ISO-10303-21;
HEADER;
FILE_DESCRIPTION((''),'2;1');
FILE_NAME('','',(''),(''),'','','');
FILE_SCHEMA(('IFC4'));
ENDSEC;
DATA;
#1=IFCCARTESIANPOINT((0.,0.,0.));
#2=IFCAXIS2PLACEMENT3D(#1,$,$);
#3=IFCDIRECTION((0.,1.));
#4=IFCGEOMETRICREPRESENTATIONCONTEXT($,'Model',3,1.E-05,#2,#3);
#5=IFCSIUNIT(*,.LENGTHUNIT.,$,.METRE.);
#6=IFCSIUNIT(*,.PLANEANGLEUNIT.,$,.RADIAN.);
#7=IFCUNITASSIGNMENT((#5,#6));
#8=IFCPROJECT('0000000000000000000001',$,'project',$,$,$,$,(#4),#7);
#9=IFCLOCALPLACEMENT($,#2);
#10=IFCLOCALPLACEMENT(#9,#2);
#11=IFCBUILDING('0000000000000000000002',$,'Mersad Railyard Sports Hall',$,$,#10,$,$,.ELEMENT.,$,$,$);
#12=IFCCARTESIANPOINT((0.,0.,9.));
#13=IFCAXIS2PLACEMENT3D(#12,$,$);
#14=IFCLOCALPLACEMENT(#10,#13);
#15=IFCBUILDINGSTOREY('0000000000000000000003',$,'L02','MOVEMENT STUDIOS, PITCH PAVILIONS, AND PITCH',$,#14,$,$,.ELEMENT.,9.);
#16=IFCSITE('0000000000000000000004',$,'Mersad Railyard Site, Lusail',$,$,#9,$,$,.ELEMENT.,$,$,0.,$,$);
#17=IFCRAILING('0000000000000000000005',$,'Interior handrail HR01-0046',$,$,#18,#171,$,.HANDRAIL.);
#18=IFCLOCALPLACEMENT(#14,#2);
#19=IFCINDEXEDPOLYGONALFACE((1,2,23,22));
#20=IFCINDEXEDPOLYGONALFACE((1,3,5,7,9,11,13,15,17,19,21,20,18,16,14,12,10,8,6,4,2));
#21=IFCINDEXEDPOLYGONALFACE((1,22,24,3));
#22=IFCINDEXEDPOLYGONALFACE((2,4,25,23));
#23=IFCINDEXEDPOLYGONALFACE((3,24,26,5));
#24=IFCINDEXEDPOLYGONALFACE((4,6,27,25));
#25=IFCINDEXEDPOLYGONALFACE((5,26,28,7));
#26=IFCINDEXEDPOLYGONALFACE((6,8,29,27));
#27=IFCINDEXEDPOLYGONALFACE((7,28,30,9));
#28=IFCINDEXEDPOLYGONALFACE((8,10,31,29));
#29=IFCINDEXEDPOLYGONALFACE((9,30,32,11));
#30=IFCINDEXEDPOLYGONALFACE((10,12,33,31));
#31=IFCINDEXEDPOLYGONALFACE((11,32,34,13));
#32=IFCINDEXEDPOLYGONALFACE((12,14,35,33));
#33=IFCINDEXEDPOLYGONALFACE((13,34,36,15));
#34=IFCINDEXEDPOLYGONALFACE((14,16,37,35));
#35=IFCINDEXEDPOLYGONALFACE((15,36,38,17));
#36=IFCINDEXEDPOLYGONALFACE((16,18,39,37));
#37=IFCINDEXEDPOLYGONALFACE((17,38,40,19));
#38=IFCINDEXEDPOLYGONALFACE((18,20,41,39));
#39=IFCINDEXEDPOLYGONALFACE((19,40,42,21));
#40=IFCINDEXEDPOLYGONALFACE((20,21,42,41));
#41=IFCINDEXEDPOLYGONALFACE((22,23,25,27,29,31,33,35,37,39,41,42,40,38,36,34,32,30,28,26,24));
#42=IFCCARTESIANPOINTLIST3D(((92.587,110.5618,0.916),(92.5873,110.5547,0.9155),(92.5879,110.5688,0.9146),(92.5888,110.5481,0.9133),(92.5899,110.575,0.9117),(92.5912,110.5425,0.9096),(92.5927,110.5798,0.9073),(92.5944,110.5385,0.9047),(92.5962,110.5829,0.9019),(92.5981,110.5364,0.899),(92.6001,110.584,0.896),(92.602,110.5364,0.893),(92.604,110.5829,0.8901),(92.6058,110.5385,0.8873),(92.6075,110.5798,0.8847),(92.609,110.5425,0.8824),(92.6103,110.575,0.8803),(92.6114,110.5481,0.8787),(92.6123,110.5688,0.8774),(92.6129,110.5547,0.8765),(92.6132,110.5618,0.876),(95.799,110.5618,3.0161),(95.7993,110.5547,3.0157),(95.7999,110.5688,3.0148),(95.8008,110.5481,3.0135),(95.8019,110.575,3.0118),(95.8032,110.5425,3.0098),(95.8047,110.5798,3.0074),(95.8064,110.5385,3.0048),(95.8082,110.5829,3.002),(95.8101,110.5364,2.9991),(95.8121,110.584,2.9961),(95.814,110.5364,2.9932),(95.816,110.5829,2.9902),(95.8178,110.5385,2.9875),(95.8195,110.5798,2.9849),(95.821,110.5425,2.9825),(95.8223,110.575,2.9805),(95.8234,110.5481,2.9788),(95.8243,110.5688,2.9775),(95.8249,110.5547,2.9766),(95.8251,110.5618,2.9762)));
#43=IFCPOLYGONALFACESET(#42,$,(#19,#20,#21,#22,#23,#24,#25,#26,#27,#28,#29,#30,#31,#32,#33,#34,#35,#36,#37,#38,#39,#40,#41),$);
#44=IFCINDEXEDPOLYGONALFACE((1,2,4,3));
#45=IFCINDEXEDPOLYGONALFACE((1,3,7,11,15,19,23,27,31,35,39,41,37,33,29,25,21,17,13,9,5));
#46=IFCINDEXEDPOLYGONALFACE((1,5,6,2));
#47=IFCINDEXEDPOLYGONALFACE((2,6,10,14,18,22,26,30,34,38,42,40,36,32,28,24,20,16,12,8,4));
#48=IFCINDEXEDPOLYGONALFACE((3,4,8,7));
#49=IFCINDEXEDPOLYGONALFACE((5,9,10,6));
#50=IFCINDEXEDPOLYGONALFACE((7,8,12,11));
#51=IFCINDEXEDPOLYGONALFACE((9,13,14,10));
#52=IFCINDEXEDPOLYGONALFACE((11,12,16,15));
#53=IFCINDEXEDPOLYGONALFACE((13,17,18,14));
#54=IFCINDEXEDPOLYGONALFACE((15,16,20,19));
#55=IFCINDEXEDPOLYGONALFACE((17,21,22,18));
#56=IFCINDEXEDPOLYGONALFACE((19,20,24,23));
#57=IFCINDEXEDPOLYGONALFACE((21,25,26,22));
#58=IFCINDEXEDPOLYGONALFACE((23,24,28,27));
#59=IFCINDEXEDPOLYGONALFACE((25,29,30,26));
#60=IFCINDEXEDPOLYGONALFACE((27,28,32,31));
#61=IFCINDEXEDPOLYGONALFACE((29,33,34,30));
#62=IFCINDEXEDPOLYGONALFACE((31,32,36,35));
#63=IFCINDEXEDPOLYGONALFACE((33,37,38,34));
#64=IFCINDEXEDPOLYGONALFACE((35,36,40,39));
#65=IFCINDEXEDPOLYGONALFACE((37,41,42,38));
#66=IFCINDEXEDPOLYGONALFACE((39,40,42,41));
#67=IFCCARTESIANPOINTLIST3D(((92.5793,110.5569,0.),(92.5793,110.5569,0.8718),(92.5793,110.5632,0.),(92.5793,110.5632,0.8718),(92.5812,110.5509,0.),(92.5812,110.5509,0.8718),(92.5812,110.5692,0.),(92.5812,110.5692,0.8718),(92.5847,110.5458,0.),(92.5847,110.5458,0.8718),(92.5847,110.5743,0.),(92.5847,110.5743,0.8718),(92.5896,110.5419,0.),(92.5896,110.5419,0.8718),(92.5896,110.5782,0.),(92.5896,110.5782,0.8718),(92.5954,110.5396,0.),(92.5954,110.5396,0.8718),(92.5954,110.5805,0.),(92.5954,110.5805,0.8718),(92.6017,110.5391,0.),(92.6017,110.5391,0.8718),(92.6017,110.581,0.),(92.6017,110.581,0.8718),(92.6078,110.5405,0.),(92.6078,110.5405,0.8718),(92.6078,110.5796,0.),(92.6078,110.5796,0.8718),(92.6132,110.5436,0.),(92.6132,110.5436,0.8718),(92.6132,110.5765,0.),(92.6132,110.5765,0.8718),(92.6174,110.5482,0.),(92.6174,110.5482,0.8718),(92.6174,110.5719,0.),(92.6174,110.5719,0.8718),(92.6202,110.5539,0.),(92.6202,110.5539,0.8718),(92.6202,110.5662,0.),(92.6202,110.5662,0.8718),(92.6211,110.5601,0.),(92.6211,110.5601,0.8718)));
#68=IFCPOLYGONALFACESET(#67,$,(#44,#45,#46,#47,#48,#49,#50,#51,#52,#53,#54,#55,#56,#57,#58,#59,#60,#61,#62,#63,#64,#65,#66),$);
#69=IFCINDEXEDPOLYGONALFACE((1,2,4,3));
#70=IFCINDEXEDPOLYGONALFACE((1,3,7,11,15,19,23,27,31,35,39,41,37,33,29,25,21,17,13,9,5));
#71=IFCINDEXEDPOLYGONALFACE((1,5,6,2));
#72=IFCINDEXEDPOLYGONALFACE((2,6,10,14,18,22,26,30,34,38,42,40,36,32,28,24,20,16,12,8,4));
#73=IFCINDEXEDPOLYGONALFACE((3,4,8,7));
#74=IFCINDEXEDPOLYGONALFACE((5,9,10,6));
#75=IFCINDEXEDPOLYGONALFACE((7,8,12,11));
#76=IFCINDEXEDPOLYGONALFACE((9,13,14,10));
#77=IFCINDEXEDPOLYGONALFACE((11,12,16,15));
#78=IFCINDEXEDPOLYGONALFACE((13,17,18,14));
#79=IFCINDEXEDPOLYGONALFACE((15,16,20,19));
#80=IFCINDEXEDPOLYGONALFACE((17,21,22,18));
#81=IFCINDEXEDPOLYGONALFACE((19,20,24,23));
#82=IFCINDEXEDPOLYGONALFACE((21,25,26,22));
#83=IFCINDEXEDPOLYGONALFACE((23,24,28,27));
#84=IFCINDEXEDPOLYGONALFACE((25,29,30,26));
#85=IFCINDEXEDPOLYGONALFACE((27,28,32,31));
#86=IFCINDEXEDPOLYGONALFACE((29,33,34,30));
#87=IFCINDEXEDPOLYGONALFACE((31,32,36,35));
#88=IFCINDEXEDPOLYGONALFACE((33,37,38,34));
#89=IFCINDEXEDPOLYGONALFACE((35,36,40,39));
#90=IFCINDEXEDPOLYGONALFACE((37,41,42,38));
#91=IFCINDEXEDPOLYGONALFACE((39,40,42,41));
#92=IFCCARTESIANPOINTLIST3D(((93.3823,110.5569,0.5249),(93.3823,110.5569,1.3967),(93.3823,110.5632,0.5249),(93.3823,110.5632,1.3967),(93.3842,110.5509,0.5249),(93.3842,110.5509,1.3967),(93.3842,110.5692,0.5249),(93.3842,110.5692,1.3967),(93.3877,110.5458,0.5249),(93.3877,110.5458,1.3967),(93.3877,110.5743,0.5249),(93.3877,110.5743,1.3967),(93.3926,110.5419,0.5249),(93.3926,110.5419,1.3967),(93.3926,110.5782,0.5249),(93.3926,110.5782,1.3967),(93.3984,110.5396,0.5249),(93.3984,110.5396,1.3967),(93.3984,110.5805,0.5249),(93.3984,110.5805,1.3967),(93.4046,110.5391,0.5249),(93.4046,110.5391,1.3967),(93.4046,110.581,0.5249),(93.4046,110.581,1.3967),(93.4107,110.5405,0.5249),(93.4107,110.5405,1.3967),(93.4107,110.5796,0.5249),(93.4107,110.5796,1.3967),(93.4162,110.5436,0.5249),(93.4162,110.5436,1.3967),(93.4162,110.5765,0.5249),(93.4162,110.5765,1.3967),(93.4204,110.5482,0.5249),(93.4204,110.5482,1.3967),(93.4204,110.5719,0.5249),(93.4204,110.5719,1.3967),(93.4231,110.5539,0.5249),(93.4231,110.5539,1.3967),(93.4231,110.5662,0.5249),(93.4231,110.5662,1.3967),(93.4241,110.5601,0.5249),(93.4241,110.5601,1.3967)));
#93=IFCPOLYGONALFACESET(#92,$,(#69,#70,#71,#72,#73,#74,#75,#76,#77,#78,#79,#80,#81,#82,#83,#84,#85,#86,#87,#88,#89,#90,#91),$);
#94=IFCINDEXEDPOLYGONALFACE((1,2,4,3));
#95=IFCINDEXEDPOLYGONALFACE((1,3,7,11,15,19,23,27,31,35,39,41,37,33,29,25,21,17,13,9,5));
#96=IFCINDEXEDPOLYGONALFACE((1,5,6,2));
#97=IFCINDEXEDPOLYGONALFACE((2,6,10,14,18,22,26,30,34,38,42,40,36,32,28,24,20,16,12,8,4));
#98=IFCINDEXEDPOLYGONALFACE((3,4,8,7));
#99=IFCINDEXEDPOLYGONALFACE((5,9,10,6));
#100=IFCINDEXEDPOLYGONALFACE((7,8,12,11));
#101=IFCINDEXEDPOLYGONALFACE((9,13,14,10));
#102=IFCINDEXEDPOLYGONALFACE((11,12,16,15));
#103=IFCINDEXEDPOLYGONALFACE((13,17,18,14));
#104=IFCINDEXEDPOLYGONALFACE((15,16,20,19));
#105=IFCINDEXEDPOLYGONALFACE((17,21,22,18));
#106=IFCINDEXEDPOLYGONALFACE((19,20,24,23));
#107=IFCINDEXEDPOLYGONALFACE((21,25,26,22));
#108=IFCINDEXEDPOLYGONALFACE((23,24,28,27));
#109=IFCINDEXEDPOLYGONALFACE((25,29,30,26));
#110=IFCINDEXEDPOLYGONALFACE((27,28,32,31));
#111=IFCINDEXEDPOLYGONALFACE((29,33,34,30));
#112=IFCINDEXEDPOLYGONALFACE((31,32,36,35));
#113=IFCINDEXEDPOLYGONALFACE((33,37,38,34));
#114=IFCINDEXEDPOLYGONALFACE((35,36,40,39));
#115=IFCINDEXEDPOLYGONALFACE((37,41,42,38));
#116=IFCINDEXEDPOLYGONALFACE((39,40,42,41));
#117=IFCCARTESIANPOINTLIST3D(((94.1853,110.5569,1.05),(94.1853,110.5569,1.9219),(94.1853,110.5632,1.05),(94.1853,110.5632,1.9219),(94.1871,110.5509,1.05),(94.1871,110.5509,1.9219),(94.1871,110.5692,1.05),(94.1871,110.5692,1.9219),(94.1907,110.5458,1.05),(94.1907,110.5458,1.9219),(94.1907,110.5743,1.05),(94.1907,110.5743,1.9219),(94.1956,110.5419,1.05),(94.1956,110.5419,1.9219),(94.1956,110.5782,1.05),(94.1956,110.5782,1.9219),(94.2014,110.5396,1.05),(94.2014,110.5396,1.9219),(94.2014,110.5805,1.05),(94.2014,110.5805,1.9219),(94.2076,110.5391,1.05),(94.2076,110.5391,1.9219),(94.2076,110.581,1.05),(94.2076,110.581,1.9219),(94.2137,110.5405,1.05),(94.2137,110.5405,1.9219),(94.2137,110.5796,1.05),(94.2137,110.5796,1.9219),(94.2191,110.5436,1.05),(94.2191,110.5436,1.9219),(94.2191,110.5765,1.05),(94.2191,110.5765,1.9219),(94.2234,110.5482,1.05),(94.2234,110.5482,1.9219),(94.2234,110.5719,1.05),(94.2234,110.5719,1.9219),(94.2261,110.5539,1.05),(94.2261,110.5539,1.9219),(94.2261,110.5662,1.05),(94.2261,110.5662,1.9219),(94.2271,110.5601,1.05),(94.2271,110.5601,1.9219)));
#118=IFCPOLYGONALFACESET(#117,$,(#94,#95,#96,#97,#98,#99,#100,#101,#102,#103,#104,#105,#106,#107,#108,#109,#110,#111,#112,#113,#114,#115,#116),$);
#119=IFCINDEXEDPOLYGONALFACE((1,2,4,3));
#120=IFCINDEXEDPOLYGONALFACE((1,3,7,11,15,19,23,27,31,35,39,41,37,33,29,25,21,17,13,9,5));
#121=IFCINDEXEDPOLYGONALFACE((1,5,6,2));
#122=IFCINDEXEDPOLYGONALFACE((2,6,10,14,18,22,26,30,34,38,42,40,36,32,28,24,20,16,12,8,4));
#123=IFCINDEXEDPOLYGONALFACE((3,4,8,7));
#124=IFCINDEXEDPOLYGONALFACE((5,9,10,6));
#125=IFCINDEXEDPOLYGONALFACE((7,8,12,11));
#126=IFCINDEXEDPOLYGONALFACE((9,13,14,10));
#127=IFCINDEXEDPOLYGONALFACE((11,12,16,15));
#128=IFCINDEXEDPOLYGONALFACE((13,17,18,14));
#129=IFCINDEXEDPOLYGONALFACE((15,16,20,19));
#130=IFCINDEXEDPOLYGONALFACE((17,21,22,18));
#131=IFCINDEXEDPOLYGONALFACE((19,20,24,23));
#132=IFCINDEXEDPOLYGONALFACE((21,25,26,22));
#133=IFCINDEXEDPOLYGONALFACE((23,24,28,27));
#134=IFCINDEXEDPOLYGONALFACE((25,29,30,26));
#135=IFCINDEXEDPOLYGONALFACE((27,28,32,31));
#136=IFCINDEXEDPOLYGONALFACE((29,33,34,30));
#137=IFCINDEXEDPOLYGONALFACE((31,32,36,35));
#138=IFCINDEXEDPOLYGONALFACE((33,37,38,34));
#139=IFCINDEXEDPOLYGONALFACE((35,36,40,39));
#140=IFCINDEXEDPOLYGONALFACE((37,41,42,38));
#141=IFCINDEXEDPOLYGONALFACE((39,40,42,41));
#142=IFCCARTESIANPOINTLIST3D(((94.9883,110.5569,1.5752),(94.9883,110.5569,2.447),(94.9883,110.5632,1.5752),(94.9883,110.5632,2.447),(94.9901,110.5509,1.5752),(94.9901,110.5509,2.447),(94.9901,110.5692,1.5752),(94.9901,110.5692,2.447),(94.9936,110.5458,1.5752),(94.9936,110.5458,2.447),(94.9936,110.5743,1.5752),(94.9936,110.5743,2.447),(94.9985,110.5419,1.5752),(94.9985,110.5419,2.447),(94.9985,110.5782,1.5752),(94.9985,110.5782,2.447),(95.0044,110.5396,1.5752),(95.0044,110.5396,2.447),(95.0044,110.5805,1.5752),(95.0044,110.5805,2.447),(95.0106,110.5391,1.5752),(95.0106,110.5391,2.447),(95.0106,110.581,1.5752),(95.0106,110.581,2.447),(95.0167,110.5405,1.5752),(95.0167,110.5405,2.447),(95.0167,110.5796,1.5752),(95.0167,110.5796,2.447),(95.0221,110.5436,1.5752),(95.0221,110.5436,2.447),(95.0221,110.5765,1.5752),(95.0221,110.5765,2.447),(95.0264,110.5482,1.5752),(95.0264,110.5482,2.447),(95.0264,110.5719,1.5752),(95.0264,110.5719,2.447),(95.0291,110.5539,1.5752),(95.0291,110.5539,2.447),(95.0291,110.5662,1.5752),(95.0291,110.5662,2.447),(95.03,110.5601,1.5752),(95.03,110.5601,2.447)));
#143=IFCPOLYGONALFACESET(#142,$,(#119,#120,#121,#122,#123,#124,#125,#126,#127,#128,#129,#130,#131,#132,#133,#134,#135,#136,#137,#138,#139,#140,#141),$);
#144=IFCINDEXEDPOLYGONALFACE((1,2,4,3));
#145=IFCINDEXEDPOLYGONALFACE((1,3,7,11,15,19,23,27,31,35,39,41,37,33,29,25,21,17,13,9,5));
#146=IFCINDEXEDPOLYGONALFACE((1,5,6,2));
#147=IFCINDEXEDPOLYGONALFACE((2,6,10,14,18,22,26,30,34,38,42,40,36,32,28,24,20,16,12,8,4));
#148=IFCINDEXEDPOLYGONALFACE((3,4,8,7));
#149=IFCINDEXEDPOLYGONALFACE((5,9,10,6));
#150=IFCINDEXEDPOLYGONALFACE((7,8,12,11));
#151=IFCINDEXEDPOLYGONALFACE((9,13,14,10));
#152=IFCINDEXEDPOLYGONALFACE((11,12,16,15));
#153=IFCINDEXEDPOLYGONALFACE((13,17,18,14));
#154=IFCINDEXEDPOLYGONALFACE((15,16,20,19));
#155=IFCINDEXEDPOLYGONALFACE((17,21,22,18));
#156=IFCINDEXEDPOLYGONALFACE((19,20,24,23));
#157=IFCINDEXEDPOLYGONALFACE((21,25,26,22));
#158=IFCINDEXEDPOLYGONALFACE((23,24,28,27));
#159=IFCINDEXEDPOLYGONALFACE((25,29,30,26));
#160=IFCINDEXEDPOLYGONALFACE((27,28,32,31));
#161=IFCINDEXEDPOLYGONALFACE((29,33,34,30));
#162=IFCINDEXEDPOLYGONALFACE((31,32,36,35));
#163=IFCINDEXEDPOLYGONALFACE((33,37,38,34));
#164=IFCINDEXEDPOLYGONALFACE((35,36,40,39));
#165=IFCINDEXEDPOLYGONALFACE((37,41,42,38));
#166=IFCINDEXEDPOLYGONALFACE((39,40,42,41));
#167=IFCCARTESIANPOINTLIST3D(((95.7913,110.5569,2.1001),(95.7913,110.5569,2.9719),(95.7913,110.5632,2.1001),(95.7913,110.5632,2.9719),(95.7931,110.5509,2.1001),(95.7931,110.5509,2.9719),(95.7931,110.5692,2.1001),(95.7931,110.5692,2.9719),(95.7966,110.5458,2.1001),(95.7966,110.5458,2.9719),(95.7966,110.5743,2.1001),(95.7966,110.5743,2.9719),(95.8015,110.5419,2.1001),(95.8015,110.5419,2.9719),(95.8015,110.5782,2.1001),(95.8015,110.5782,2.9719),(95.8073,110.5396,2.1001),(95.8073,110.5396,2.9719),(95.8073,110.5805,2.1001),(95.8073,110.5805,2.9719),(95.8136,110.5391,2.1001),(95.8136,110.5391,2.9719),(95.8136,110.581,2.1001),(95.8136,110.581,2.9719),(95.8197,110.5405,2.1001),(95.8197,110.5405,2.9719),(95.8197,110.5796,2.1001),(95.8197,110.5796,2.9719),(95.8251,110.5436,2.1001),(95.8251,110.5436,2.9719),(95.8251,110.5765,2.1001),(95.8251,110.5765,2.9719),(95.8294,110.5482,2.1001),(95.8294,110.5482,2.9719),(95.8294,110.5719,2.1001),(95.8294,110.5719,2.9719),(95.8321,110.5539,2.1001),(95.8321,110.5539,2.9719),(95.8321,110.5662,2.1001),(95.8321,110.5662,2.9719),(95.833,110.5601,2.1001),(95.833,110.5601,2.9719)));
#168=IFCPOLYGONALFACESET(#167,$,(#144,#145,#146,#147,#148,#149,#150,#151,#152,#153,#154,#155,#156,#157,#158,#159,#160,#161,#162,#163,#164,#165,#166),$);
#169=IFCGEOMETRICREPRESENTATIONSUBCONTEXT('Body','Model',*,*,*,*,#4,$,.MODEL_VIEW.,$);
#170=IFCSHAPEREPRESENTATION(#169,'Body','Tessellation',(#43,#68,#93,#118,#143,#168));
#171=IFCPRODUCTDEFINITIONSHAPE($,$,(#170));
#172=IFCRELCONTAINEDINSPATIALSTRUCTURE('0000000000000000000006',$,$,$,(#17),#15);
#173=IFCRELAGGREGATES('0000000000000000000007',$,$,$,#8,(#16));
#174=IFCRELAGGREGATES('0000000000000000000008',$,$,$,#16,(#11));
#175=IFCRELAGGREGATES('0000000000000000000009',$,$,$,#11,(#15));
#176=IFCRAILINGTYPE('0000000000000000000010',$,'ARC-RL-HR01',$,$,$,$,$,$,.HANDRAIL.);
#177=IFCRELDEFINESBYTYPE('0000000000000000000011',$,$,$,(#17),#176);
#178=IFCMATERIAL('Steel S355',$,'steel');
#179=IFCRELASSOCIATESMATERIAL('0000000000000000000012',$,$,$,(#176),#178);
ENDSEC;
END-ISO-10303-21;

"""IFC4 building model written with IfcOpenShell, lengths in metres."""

from ifc_helpers import new_model, si_unit, direction, frame, origin, origin_2d, place, context, subcontext, project, spatial, circle, extrude, material, type_object, element, save


model = new_model("IFC4")

# Units and contexts
model_context = context("Model", 3, precision=1e-05, world=origin(), true_north=direction((0.0, 1.0)))
body_context = subcontext(model_context, "Body", "Model", "MODEL_VIEW")
ifc_project = project(units=[si_unit("LENGTHUNIT", "METRE"), si_unit("PLANEANGLEUNIT", "RADIAN")], contexts=[model_context])

# Site, building, storey
site_placement = place(None, origin())
site = spatial("IfcSite", under=ifc_project, at=site_placement, Name="Mersad Railyard Site, Lusail", CompositionType="ELEMENT", RefElevation=0.0)
building_placement = place(site_placement, origin())
building = spatial("IfcBuilding", under=site, at=building_placement, Name="Mersad Railyard Sports Hall", CompositionType="ELEMENT")
storey_placement = place(building_placement, frame((0.0, 0.0, 9.0)))
storey = spatial("IfcBuildingStorey", under=building, at=storey_placement, Name="L02", Description="MOVEMENT STUDIOS, PITCH PAVILIONS, AND PITCH", CompositionType="ELEMENT", Elevation=9.0)

# Shared definitions
ifc_material_1 = material(Name="Steel S355", Category="steel")

# Railing
railing_type_1 = type_object("IfcRailingType", Name="ARC-RL-HR01", PredefinedType="HANDRAIL", material=ifc_material_1)
railing_1_placement = place(storey_placement, frame((92.6001, 110.5601, 0.0)))
element("IfcRailing", 1, at=railing_1_placement, inside=storey, type_object=railing_type_1, Name="Interior handrail HR01-0046", PredefinedType="HANDRAIL", context=body_context, shape_type="SweptSolid", body=[
    extrude(circle(Radius=0.0239, at=origin_2d()), frame((0.0, 0.0, 0.896), z_axis=(0.83697, 0.0, 0.547249), x_axis=(0.0, 1.0, 0.0)), (0.0, 0.0, 1.0), 3.8376),
    extrude(circle(Radius=0.021, at=origin_2d()), origin(), (0.0, 0.0, 1.0), 0.8718),
    extrude(circle(Radius=0.021, at=origin_2d()), frame((0.803, 0.0, 0.5249)), (0.0, 0.0, 1.0), 0.8718),
    extrude(circle(Radius=0.021, at=origin_2d()), frame((1.606, 0.0, 1.05)), (0.0, 0.0, 1.0), 0.8718),
    extrude(circle(Radius=0.021, at=origin_2d()), frame((2.4089, 0.0, 1.5752)), (0.0, 0.0, 1.0), 0.8718),
    extrude(circle(Radius=0.021, at=origin_2d()), frame((3.2119, 0.0, 2.1001)), (0.0, 0.0, 1.0), 0.8718),
])

save(model, "model.ifc")
